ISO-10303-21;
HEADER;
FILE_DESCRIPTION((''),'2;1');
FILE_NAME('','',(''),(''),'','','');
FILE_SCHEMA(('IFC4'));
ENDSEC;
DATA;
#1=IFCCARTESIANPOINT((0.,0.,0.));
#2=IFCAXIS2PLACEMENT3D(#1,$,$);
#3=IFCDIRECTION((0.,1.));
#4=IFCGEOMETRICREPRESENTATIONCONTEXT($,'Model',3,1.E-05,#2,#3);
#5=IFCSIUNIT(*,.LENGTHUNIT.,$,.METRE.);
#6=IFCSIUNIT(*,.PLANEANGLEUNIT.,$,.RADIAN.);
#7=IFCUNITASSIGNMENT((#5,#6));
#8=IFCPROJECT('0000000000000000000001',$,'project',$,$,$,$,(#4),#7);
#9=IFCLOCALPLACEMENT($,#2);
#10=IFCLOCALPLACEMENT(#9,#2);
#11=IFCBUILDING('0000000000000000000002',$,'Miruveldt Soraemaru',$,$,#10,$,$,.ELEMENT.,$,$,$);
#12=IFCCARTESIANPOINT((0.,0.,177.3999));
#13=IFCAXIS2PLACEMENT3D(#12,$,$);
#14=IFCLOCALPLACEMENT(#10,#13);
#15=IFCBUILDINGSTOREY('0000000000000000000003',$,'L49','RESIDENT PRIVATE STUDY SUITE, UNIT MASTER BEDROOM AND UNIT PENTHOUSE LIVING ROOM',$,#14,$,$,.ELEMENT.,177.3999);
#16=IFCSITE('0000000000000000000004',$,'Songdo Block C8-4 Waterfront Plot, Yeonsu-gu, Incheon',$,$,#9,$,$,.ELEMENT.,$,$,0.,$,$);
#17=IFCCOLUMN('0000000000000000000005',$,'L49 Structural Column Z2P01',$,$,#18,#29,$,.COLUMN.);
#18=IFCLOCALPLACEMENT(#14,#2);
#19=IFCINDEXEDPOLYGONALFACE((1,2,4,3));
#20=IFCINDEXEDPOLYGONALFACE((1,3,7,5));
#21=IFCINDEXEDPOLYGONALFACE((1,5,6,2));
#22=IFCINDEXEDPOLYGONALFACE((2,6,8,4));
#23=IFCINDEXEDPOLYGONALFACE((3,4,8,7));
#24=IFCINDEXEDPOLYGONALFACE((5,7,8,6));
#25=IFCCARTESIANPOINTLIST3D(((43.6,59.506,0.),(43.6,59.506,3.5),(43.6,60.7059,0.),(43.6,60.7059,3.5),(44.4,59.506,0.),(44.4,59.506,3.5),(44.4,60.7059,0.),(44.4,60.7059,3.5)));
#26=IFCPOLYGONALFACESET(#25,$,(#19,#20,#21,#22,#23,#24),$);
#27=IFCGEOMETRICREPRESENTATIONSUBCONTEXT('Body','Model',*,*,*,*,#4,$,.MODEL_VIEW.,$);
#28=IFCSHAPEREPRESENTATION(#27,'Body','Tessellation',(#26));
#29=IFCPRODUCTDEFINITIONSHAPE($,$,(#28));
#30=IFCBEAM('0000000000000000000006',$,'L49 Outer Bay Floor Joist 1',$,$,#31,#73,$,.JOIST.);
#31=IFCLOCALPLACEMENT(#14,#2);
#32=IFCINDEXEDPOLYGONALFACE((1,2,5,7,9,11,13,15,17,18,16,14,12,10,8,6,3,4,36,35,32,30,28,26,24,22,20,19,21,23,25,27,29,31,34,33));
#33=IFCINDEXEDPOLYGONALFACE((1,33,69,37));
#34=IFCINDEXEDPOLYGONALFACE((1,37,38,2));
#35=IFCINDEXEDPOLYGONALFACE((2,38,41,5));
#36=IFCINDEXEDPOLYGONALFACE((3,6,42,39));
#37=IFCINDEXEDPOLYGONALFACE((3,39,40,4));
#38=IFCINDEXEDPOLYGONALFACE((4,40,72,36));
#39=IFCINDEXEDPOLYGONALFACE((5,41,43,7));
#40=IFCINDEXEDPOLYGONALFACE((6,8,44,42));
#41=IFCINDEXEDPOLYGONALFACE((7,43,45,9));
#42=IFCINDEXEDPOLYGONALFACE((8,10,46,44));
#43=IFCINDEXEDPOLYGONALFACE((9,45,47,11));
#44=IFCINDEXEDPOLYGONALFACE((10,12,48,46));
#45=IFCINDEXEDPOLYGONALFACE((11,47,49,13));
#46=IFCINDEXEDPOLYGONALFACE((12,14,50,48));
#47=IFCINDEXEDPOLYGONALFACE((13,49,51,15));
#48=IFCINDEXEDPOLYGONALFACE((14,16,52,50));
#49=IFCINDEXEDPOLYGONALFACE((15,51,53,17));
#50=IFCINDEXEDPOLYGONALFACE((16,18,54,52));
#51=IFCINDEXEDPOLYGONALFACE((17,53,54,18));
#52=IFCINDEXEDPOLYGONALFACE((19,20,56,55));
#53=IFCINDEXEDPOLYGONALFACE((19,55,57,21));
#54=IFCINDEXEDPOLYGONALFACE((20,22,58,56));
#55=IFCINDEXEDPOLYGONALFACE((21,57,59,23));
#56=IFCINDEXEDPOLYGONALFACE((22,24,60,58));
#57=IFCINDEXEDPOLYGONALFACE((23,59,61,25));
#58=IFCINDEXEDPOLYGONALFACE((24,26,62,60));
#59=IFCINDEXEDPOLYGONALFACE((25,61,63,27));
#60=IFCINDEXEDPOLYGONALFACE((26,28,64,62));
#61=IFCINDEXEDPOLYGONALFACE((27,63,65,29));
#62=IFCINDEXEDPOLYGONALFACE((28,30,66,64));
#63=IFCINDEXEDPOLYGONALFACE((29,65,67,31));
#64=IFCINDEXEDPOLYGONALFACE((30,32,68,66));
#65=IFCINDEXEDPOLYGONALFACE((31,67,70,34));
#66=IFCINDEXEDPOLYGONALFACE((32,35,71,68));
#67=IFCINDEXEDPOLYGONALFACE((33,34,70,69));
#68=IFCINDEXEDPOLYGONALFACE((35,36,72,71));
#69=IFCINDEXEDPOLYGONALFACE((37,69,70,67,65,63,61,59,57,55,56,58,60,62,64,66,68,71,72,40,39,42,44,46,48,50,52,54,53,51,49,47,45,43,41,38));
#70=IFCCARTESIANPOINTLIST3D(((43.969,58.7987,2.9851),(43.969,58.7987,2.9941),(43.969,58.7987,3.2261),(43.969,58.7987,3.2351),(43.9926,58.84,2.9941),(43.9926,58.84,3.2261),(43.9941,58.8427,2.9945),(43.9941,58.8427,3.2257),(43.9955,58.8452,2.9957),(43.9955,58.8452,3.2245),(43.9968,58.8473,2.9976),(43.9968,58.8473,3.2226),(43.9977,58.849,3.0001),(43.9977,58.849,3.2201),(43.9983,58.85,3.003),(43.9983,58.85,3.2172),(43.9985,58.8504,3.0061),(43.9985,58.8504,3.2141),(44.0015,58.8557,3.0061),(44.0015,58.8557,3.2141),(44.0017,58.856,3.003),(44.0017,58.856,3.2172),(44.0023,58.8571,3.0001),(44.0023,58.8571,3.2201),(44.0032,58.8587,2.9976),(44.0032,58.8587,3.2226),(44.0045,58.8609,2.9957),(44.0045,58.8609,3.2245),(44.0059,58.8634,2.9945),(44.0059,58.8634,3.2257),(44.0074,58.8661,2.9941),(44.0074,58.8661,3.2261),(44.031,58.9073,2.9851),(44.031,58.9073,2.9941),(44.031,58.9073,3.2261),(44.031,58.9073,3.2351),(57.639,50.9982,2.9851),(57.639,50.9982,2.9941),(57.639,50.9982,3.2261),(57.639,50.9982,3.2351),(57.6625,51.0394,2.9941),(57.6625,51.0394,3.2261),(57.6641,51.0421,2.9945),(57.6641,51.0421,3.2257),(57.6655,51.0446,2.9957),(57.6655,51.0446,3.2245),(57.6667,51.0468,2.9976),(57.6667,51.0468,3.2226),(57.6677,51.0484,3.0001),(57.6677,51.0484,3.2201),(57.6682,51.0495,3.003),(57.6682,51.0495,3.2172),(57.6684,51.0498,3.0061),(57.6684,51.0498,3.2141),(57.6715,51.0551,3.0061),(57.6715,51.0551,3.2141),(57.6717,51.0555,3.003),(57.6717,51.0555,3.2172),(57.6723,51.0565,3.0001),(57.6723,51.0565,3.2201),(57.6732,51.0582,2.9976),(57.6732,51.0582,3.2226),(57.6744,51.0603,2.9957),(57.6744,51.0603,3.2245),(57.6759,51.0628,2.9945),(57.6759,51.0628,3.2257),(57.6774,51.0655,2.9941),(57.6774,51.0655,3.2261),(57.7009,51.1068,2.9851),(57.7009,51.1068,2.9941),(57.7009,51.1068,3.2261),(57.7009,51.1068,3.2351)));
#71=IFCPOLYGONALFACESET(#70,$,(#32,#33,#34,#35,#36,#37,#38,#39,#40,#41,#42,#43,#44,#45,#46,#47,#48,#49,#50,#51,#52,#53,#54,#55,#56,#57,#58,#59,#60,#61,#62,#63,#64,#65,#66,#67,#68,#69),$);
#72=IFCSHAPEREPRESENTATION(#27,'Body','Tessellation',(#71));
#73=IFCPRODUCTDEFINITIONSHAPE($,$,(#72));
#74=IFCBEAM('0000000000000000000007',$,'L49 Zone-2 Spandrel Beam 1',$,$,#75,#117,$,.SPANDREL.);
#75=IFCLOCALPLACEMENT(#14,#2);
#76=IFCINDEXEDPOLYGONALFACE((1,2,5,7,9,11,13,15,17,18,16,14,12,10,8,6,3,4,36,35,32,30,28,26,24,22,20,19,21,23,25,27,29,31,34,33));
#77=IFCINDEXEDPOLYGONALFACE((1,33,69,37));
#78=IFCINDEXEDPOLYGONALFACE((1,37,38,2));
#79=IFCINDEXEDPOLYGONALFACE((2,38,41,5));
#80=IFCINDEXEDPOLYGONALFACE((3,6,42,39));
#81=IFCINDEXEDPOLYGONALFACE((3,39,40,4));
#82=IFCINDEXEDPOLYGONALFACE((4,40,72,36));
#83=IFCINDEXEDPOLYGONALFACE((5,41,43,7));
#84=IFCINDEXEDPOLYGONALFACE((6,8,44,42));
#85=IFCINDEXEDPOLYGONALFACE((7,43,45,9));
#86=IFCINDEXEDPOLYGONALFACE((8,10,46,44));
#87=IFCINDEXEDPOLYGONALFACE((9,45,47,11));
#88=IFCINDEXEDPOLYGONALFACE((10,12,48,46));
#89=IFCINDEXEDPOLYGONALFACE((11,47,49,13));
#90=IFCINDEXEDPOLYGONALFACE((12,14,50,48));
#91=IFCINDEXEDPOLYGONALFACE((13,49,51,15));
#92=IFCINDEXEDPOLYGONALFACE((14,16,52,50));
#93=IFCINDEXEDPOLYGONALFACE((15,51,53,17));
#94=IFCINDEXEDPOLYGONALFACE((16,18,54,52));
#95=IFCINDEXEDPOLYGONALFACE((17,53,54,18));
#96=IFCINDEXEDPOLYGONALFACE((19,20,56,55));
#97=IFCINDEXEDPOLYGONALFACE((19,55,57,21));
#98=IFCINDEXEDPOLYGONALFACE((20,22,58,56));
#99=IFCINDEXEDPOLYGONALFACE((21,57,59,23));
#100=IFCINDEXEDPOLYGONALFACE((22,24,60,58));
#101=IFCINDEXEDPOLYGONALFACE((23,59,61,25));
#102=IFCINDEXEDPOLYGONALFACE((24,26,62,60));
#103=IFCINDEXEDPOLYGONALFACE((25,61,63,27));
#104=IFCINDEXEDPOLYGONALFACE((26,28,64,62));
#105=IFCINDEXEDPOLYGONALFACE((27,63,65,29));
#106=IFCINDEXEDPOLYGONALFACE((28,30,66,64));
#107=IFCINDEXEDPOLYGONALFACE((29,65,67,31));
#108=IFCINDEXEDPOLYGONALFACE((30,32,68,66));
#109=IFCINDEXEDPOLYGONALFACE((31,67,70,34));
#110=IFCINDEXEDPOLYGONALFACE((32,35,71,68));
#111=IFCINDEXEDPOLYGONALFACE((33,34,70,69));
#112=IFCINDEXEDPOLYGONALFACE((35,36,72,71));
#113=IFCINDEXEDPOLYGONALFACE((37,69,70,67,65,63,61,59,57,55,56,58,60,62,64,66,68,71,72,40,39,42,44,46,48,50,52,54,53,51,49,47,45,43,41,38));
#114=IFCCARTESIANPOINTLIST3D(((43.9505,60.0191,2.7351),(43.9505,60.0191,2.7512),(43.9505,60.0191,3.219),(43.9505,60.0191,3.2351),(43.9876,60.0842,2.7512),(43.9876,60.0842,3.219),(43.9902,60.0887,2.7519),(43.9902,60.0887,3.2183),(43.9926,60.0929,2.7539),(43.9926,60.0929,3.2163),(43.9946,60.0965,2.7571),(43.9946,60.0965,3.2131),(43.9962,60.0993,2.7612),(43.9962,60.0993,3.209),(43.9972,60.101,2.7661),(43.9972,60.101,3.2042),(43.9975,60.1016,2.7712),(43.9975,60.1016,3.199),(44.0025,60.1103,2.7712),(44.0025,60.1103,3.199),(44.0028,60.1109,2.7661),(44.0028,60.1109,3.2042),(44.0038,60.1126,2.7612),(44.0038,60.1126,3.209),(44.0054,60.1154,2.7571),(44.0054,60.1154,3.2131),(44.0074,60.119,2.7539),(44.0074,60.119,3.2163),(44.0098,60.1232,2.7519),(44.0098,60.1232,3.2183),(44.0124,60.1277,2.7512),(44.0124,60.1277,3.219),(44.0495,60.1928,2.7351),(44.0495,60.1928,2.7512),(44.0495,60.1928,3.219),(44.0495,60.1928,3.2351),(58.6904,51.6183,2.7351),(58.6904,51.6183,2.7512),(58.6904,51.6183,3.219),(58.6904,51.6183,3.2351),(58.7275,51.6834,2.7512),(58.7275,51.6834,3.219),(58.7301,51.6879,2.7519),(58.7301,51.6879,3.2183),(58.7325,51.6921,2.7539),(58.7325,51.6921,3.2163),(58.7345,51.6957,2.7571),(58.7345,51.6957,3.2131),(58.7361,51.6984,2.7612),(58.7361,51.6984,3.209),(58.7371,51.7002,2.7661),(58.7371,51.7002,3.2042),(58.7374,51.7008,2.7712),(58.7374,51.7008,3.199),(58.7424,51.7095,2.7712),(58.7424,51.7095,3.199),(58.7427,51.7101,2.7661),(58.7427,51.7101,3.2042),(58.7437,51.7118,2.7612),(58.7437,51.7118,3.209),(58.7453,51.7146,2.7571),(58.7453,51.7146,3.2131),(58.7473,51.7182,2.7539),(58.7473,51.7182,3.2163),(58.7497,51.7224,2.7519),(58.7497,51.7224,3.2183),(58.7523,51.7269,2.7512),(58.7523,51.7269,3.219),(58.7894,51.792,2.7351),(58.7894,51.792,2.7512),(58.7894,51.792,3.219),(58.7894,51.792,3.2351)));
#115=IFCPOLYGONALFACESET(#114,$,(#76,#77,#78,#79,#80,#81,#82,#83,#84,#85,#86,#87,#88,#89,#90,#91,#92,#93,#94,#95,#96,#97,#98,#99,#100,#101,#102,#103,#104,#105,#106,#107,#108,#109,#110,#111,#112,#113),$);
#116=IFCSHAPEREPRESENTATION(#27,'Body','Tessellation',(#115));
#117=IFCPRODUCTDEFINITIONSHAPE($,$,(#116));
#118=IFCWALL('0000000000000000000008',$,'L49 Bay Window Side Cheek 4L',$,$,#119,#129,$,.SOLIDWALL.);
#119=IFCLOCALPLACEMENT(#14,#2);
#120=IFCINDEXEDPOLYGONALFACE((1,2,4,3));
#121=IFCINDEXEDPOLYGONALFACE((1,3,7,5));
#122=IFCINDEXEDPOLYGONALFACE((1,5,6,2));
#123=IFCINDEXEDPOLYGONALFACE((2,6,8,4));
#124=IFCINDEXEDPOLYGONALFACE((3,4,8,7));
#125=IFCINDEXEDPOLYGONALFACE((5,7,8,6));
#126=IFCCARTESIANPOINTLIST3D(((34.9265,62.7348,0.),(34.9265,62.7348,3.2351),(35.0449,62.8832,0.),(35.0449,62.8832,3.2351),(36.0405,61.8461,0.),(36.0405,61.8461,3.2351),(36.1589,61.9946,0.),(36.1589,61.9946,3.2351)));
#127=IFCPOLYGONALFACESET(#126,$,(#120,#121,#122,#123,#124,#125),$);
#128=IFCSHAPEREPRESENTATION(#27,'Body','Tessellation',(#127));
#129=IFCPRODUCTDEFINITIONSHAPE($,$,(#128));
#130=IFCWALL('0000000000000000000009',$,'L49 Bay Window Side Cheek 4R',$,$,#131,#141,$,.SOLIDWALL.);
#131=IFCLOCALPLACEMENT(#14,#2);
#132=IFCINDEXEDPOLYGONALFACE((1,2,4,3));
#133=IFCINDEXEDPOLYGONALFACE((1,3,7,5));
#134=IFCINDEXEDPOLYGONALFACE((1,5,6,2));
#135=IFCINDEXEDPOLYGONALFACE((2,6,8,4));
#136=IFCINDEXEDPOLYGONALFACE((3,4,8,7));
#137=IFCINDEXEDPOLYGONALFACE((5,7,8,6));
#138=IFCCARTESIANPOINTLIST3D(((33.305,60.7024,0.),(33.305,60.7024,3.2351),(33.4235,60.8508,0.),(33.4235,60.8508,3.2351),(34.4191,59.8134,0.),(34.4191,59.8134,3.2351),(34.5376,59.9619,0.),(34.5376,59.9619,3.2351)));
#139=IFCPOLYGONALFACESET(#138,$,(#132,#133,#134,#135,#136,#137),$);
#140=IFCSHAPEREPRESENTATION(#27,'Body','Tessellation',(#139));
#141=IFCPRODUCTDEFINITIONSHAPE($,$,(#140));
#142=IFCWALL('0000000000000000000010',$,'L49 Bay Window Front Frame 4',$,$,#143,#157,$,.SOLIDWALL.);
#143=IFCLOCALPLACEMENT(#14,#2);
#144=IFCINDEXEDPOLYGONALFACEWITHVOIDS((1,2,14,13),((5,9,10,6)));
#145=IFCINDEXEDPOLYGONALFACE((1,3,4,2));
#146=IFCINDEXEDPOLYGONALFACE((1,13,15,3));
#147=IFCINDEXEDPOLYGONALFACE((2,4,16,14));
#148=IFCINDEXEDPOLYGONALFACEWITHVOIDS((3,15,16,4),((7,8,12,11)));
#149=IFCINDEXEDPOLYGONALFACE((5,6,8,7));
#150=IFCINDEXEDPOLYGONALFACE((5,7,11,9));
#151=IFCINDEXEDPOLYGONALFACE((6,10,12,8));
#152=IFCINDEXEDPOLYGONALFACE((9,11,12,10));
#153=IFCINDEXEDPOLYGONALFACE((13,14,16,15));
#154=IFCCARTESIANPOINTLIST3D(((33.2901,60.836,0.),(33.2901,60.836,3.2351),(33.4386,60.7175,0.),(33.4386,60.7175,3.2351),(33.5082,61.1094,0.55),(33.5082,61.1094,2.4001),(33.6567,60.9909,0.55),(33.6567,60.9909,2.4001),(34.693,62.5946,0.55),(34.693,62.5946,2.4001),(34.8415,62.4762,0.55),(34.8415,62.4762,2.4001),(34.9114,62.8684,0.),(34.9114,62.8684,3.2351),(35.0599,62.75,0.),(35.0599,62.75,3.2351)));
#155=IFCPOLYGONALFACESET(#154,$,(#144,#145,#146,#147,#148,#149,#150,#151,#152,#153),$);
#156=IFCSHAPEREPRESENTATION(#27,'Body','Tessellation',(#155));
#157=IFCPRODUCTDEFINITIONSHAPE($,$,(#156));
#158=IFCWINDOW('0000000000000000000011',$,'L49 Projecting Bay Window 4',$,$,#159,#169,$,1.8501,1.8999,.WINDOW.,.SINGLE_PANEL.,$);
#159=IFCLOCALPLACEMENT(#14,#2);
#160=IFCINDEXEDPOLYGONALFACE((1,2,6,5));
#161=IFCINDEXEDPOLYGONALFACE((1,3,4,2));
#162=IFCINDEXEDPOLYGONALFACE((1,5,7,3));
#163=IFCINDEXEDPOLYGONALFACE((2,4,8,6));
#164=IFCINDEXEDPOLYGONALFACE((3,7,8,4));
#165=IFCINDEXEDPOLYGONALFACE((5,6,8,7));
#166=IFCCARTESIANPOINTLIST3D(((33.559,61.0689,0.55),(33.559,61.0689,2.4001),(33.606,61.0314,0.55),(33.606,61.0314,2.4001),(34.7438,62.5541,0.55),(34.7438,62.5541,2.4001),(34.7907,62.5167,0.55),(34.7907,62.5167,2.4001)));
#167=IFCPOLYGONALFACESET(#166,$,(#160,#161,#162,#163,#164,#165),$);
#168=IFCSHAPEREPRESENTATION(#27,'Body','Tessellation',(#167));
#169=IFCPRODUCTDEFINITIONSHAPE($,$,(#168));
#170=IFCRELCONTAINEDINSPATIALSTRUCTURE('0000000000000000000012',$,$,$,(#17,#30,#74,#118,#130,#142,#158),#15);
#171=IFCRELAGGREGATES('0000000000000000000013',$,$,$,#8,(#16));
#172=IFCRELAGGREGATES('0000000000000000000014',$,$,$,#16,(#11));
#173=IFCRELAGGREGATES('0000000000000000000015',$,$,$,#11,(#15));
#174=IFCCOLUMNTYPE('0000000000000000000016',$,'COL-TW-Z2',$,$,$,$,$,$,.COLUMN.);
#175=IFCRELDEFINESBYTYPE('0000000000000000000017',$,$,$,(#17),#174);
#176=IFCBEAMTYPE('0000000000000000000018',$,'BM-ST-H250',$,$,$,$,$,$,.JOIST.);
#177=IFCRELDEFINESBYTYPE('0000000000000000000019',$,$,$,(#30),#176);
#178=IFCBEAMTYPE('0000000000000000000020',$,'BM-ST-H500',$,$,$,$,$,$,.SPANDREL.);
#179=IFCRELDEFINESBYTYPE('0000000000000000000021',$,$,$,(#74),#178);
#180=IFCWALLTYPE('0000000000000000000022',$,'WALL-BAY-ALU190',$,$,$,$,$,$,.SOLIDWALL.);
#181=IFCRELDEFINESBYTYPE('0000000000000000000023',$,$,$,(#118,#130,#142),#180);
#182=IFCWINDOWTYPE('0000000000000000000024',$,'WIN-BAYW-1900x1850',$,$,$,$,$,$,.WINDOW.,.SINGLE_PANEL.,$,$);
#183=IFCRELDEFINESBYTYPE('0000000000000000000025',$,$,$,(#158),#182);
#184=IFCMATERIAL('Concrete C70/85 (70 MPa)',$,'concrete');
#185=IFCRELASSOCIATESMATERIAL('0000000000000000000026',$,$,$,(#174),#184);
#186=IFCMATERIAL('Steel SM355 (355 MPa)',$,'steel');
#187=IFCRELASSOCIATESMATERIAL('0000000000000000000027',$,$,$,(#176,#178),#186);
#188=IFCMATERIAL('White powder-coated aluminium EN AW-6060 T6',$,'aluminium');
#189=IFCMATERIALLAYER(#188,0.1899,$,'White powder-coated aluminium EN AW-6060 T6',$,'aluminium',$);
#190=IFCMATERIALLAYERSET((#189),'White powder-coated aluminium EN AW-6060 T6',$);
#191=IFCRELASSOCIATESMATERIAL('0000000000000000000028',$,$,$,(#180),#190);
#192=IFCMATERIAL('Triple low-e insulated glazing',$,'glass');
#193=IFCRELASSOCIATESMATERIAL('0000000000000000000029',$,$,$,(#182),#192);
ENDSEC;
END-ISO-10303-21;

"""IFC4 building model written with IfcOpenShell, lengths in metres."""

from ifc_helpers import new_model, si_unit, direction, frame, frame_2d, origin, origin_2d, place, context, subcontext, project, spatial, rectangle, i_section, extrude, material, layer, layer_set, material_profile, profile_set, type_object, element, fill, save


model = new_model("IFC4")

# Units and contexts
model_context = context("Model", 3, precision=1e-05, world=origin(), true_north=direction((0.0, 1.0)))
body_context = subcontext(model_context, "Body", "Model", "MODEL_VIEW")
ifc_project = project(units=[si_unit("LENGTHUNIT", "METRE"), si_unit("PLANEANGLEUNIT", "RADIAN")], contexts=[model_context])

# Site, building, storey
site_placement = place(None, origin())
site = spatial("IfcSite", under=ifc_project, at=site_placement, Name="Songdo Block C8-4 Waterfront Plot, Yeonsu-gu, Incheon", CompositionType="ELEMENT", RefElevation=0.0)
building_placement = place(site_placement, origin())
building = spatial("IfcBuilding", under=site, at=building_placement, Name="Miruveldt Soraemaru", CompositionType="ELEMENT")
storey_placement = place(building_placement, frame((0.0, 0.0, 177.3999)))
storey = spatial("IfcBuildingStorey", under=building, at=storey_placement, Name="L49", Description="RESIDENT PRIVATE STUDY SUITE, UNIT MASTER BEDROOM AND UNIT PENTHOUSE LIVING ROOM", CompositionType="ELEMENT", Elevation=177.3999)

# Column
ifc_material_1 = material(Name="Concrete C70/85 (70 MPa)", Category="concrete")
ifc_material_profile_1 = material_profile(ifc_material_1, rectangle(XDim=1.2, YDim=0.8, at=origin_2d()), Name="Concrete C70/85 (70 MPa)", Category="concrete")
ifc_profile_set_1 = profile_set([ifc_material_profile_1], Name="Concrete C70/85 (70 MPa)")
column_type = type_object("IfcColumnType", Name="COL-TW-Z2", PredefinedType="COLUMN", material=ifc_profile_set_1)
column_placement = place(storey_placement, frame((44.0, 60.106, 0.0), z_axis=(0.0, 0.0, 1.0), x_axis=(0.0, 1.0, 0.0)))
element("IfcColumn", 1, at=column_placement, inside=storey, type_object=column_type, Name="L49 Structural Column Z2P01", PredefinedType="COLUMN", context=body_context, shape_type="SweptSolid", body=[
    extrude(rectangle(XDim=1.2, YDim=0.8, at=origin_2d()), origin(), (0.0, 0.0, 1.0), 3.5),
])

# Beams
ifc_material_2 = material(Name="Steel SM355 (355 MPa)", Category="steel")
ifc_material_profile_2 = material_profile(ifc_material_2, i_section(OverallWidth=0.125, OverallDepth=0.25, WebThickness=0.0061, FlangeThickness=0.009, FilletRadius=0.012, at=origin_2d()), Name="Steel SM355 (355 MPa)", Category="steel")
ifc_profile_set_2 = profile_set([ifc_material_profile_2], Name="Steel SM355 (355 MPa)")
beam_type_1 = type_object("IfcBeamType", Name="BM-ST-H250", PredefinedType="JOIST", material=ifc_profile_set_2)
beam_1_placement = place(storey_placement, frame((44.0, 58.853, 3.1101), z_axis=(0.86854, -0.495619, 0.0), x_axis=(0.495619, 0.86854, 0.0)))
element("IfcBeam", 2, at=beam_1_placement, inside=storey, type_object=beam_type_1, Name="L49 Outer Bay Floor Joist 1", PredefinedType="JOIST", context=body_context, shape_type="SweptSolid", body=[
    extrude(i_section(OverallWidth=0.125, OverallDepth=0.25, WebThickness=0.0061, FlangeThickness=0.009, FilletRadius=0.012, at=origin_2d()), origin(), (0.0, 0.0, 1.0), 15.739),
])
ifc_material_profile_3 = material_profile(ifc_material_2, i_section(OverallWidth=0.2, OverallDepth=0.5, WebThickness=0.01, FlangeThickness=0.0161, FilletRadius=0.02, at=origin_2d()), Name="Steel SM355 (355 MPa)", Category="steel")
ifc_profile_set_3 = profile_set([ifc_material_profile_3], Name="Steel SM355 (355 MPa)")
beam_type_2 = type_object("IfcBeamType", Name="BM-ST-H500", PredefinedType="SPANDREL", material=ifc_profile_set_3)
beam_2_placement = place(storey_placement, frame((44.0, 60.106, 2.9851), z_axis=(0.8688, -0.495162, 0.0), x_axis=(0.495162, 0.8688, 0.0)))
element("IfcBeam", 3, at=beam_2_placement, inside=storey, type_object=beam_type_2, Name="L49 Zone-2 Spandrel Beam 1", PredefinedType="SPANDREL", context=body_context, shape_type="SweptSolid", body=[
    extrude(i_section(OverallWidth=0.2, OverallDepth=0.5, WebThickness=0.01, FlangeThickness=0.0161, FilletRadius=0.02, at=origin_2d()), origin(), (0.0, 0.0, 1.0), 16.9658),
])

# Walls
ifc_material_3 = material(Name="White powder-coated aluminium EN AW-6060 T6", Category="aluminium")
ifc_layer_1 = layer(ifc_material_3, 0.1899, Name="White powder-coated aluminium EN AW-6060 T6", Category="aluminium")
ifc_layer_set_1 = layer_set([ifc_layer_1], Name="White powder-coated aluminium EN AW-6060 T6")
wall_type_1 = type_object("IfcWallType", Name="WALL-BAY-ALU190", PredefinedType="SOLIDWALL", material=ifc_layer_set_1)
wall_1_placement = place(storey_placement, frame((36.0996, 61.9204, 0.0), z_axis=(0.0, 0.0, 1.0), x_axis=(-0.781737, 0.623608, 0.0)))
element("IfcWall", 4, at=wall_1_placement, inside=storey, type_object=wall_type_1, Name="L49 Bay Window Side Cheek 4L", PredefinedType="SOLIDWALL", context=body_context, shape_type="SweptSolid", body=[
    extrude(rectangle(XDim=1.425, YDim=0.1899, at=frame_2d((0.7124, 0.0))), origin(), (0.0, 0.0, 1.0), 3.2351),
])
wall_2_placement = place(storey_placement, frame((33.3643, 60.7766, 0.0), z_axis=(0.0, 0.0, 1.0), x_axis=(0.781654, -0.623713, 0.0)))
element("IfcWall", 5, at=wall_2_placement, inside=storey, type_object=wall_type_1, Name="L49 Bay Window Side Cheek 4R", PredefinedType="SOLIDWALL", context=body_context, shape_type="SweptSolid", body=[
    extrude(rectangle(XDim=1.4253, YDim=0.1899, at=frame_2d((0.7126, 0.0))), origin(), (0.0, 0.0, 1.0), 3.2351),
])

# Wall, opening, window
wall_3_placement = place(storey_placement, frame((34.9856, 62.8091, 0.0), z_axis=(0.0, 0.0, 1.0), x_axis=(-0.623607, -0.781738, 0.0)))
wall_3 = element("IfcWall", 6, at=wall_3_placement, inside=storey, type_object=wall_type_1, Name="L49 Bay Window Front Frame 4", PredefinedType="SOLIDWALL", context=body_context, shape_type="SweptSolid", body=[
    extrude(rectangle(XDim=2.5999, YDim=0.1899, at=frame_2d((1.2998, 0.0))), origin(), (0.0, 0.0, 1.0), 3.2351),
])
opening_1_placement = place(wall_3_placement, frame((0.3501, 0.0, 0.55)))
opening_1 = element("IfcOpeningElement", 7, at=opening_1_placement, cuts=wall_3, PredefinedType="OPENING", context=body_context, shape_type="SweptSolid", body=[
    extrude(rectangle(XDim=1.8999, YDim=1.8501, at=frame_2d((0.95, 0.925))), frame((0.0, 0.105, 0.0), z_axis=(0.0, -1.0, 0.0), x_axis=(1.0, 0.0, 0.0)), (0.0, 0.0, 1.0), 0.21),
])
ifc_material_4 = material(Name="Triple low-e insulated glazing", Category="glass")
window_type_1 = type_object("IfcWindowType", Name="WIN-BAYW-1900x1850", PartitioningType="SINGLE_PANEL", PredefinedType="WINDOW", material=ifc_material_4)
window_1_placement = place(opening_1_placement, origin())
window_1 = element("IfcWindow", 8, at=window_1_placement, inside=storey, type_object=window_type_1, Name="L49 Projecting Bay Window 4", OverallHeight=1.8501, OverallWidth=1.8999, PartitioningType="SINGLE_PANEL", PredefinedType="WINDOW", context=body_context, shape_type="SweptSolid", body=[
    extrude(rectangle(XDim=1.8999, YDim=1.8501, at=frame_2d((0.95, 0.925))), frame((0.0, 0.03, 0.0), z_axis=(0.0, -1.0, 0.0), x_axis=(1.0, 0.0, 0.0)), (0.0, 0.0, 1.0), 0.0601),
])
fill(opening_1, window_1)

save(model, "model.ifc")
